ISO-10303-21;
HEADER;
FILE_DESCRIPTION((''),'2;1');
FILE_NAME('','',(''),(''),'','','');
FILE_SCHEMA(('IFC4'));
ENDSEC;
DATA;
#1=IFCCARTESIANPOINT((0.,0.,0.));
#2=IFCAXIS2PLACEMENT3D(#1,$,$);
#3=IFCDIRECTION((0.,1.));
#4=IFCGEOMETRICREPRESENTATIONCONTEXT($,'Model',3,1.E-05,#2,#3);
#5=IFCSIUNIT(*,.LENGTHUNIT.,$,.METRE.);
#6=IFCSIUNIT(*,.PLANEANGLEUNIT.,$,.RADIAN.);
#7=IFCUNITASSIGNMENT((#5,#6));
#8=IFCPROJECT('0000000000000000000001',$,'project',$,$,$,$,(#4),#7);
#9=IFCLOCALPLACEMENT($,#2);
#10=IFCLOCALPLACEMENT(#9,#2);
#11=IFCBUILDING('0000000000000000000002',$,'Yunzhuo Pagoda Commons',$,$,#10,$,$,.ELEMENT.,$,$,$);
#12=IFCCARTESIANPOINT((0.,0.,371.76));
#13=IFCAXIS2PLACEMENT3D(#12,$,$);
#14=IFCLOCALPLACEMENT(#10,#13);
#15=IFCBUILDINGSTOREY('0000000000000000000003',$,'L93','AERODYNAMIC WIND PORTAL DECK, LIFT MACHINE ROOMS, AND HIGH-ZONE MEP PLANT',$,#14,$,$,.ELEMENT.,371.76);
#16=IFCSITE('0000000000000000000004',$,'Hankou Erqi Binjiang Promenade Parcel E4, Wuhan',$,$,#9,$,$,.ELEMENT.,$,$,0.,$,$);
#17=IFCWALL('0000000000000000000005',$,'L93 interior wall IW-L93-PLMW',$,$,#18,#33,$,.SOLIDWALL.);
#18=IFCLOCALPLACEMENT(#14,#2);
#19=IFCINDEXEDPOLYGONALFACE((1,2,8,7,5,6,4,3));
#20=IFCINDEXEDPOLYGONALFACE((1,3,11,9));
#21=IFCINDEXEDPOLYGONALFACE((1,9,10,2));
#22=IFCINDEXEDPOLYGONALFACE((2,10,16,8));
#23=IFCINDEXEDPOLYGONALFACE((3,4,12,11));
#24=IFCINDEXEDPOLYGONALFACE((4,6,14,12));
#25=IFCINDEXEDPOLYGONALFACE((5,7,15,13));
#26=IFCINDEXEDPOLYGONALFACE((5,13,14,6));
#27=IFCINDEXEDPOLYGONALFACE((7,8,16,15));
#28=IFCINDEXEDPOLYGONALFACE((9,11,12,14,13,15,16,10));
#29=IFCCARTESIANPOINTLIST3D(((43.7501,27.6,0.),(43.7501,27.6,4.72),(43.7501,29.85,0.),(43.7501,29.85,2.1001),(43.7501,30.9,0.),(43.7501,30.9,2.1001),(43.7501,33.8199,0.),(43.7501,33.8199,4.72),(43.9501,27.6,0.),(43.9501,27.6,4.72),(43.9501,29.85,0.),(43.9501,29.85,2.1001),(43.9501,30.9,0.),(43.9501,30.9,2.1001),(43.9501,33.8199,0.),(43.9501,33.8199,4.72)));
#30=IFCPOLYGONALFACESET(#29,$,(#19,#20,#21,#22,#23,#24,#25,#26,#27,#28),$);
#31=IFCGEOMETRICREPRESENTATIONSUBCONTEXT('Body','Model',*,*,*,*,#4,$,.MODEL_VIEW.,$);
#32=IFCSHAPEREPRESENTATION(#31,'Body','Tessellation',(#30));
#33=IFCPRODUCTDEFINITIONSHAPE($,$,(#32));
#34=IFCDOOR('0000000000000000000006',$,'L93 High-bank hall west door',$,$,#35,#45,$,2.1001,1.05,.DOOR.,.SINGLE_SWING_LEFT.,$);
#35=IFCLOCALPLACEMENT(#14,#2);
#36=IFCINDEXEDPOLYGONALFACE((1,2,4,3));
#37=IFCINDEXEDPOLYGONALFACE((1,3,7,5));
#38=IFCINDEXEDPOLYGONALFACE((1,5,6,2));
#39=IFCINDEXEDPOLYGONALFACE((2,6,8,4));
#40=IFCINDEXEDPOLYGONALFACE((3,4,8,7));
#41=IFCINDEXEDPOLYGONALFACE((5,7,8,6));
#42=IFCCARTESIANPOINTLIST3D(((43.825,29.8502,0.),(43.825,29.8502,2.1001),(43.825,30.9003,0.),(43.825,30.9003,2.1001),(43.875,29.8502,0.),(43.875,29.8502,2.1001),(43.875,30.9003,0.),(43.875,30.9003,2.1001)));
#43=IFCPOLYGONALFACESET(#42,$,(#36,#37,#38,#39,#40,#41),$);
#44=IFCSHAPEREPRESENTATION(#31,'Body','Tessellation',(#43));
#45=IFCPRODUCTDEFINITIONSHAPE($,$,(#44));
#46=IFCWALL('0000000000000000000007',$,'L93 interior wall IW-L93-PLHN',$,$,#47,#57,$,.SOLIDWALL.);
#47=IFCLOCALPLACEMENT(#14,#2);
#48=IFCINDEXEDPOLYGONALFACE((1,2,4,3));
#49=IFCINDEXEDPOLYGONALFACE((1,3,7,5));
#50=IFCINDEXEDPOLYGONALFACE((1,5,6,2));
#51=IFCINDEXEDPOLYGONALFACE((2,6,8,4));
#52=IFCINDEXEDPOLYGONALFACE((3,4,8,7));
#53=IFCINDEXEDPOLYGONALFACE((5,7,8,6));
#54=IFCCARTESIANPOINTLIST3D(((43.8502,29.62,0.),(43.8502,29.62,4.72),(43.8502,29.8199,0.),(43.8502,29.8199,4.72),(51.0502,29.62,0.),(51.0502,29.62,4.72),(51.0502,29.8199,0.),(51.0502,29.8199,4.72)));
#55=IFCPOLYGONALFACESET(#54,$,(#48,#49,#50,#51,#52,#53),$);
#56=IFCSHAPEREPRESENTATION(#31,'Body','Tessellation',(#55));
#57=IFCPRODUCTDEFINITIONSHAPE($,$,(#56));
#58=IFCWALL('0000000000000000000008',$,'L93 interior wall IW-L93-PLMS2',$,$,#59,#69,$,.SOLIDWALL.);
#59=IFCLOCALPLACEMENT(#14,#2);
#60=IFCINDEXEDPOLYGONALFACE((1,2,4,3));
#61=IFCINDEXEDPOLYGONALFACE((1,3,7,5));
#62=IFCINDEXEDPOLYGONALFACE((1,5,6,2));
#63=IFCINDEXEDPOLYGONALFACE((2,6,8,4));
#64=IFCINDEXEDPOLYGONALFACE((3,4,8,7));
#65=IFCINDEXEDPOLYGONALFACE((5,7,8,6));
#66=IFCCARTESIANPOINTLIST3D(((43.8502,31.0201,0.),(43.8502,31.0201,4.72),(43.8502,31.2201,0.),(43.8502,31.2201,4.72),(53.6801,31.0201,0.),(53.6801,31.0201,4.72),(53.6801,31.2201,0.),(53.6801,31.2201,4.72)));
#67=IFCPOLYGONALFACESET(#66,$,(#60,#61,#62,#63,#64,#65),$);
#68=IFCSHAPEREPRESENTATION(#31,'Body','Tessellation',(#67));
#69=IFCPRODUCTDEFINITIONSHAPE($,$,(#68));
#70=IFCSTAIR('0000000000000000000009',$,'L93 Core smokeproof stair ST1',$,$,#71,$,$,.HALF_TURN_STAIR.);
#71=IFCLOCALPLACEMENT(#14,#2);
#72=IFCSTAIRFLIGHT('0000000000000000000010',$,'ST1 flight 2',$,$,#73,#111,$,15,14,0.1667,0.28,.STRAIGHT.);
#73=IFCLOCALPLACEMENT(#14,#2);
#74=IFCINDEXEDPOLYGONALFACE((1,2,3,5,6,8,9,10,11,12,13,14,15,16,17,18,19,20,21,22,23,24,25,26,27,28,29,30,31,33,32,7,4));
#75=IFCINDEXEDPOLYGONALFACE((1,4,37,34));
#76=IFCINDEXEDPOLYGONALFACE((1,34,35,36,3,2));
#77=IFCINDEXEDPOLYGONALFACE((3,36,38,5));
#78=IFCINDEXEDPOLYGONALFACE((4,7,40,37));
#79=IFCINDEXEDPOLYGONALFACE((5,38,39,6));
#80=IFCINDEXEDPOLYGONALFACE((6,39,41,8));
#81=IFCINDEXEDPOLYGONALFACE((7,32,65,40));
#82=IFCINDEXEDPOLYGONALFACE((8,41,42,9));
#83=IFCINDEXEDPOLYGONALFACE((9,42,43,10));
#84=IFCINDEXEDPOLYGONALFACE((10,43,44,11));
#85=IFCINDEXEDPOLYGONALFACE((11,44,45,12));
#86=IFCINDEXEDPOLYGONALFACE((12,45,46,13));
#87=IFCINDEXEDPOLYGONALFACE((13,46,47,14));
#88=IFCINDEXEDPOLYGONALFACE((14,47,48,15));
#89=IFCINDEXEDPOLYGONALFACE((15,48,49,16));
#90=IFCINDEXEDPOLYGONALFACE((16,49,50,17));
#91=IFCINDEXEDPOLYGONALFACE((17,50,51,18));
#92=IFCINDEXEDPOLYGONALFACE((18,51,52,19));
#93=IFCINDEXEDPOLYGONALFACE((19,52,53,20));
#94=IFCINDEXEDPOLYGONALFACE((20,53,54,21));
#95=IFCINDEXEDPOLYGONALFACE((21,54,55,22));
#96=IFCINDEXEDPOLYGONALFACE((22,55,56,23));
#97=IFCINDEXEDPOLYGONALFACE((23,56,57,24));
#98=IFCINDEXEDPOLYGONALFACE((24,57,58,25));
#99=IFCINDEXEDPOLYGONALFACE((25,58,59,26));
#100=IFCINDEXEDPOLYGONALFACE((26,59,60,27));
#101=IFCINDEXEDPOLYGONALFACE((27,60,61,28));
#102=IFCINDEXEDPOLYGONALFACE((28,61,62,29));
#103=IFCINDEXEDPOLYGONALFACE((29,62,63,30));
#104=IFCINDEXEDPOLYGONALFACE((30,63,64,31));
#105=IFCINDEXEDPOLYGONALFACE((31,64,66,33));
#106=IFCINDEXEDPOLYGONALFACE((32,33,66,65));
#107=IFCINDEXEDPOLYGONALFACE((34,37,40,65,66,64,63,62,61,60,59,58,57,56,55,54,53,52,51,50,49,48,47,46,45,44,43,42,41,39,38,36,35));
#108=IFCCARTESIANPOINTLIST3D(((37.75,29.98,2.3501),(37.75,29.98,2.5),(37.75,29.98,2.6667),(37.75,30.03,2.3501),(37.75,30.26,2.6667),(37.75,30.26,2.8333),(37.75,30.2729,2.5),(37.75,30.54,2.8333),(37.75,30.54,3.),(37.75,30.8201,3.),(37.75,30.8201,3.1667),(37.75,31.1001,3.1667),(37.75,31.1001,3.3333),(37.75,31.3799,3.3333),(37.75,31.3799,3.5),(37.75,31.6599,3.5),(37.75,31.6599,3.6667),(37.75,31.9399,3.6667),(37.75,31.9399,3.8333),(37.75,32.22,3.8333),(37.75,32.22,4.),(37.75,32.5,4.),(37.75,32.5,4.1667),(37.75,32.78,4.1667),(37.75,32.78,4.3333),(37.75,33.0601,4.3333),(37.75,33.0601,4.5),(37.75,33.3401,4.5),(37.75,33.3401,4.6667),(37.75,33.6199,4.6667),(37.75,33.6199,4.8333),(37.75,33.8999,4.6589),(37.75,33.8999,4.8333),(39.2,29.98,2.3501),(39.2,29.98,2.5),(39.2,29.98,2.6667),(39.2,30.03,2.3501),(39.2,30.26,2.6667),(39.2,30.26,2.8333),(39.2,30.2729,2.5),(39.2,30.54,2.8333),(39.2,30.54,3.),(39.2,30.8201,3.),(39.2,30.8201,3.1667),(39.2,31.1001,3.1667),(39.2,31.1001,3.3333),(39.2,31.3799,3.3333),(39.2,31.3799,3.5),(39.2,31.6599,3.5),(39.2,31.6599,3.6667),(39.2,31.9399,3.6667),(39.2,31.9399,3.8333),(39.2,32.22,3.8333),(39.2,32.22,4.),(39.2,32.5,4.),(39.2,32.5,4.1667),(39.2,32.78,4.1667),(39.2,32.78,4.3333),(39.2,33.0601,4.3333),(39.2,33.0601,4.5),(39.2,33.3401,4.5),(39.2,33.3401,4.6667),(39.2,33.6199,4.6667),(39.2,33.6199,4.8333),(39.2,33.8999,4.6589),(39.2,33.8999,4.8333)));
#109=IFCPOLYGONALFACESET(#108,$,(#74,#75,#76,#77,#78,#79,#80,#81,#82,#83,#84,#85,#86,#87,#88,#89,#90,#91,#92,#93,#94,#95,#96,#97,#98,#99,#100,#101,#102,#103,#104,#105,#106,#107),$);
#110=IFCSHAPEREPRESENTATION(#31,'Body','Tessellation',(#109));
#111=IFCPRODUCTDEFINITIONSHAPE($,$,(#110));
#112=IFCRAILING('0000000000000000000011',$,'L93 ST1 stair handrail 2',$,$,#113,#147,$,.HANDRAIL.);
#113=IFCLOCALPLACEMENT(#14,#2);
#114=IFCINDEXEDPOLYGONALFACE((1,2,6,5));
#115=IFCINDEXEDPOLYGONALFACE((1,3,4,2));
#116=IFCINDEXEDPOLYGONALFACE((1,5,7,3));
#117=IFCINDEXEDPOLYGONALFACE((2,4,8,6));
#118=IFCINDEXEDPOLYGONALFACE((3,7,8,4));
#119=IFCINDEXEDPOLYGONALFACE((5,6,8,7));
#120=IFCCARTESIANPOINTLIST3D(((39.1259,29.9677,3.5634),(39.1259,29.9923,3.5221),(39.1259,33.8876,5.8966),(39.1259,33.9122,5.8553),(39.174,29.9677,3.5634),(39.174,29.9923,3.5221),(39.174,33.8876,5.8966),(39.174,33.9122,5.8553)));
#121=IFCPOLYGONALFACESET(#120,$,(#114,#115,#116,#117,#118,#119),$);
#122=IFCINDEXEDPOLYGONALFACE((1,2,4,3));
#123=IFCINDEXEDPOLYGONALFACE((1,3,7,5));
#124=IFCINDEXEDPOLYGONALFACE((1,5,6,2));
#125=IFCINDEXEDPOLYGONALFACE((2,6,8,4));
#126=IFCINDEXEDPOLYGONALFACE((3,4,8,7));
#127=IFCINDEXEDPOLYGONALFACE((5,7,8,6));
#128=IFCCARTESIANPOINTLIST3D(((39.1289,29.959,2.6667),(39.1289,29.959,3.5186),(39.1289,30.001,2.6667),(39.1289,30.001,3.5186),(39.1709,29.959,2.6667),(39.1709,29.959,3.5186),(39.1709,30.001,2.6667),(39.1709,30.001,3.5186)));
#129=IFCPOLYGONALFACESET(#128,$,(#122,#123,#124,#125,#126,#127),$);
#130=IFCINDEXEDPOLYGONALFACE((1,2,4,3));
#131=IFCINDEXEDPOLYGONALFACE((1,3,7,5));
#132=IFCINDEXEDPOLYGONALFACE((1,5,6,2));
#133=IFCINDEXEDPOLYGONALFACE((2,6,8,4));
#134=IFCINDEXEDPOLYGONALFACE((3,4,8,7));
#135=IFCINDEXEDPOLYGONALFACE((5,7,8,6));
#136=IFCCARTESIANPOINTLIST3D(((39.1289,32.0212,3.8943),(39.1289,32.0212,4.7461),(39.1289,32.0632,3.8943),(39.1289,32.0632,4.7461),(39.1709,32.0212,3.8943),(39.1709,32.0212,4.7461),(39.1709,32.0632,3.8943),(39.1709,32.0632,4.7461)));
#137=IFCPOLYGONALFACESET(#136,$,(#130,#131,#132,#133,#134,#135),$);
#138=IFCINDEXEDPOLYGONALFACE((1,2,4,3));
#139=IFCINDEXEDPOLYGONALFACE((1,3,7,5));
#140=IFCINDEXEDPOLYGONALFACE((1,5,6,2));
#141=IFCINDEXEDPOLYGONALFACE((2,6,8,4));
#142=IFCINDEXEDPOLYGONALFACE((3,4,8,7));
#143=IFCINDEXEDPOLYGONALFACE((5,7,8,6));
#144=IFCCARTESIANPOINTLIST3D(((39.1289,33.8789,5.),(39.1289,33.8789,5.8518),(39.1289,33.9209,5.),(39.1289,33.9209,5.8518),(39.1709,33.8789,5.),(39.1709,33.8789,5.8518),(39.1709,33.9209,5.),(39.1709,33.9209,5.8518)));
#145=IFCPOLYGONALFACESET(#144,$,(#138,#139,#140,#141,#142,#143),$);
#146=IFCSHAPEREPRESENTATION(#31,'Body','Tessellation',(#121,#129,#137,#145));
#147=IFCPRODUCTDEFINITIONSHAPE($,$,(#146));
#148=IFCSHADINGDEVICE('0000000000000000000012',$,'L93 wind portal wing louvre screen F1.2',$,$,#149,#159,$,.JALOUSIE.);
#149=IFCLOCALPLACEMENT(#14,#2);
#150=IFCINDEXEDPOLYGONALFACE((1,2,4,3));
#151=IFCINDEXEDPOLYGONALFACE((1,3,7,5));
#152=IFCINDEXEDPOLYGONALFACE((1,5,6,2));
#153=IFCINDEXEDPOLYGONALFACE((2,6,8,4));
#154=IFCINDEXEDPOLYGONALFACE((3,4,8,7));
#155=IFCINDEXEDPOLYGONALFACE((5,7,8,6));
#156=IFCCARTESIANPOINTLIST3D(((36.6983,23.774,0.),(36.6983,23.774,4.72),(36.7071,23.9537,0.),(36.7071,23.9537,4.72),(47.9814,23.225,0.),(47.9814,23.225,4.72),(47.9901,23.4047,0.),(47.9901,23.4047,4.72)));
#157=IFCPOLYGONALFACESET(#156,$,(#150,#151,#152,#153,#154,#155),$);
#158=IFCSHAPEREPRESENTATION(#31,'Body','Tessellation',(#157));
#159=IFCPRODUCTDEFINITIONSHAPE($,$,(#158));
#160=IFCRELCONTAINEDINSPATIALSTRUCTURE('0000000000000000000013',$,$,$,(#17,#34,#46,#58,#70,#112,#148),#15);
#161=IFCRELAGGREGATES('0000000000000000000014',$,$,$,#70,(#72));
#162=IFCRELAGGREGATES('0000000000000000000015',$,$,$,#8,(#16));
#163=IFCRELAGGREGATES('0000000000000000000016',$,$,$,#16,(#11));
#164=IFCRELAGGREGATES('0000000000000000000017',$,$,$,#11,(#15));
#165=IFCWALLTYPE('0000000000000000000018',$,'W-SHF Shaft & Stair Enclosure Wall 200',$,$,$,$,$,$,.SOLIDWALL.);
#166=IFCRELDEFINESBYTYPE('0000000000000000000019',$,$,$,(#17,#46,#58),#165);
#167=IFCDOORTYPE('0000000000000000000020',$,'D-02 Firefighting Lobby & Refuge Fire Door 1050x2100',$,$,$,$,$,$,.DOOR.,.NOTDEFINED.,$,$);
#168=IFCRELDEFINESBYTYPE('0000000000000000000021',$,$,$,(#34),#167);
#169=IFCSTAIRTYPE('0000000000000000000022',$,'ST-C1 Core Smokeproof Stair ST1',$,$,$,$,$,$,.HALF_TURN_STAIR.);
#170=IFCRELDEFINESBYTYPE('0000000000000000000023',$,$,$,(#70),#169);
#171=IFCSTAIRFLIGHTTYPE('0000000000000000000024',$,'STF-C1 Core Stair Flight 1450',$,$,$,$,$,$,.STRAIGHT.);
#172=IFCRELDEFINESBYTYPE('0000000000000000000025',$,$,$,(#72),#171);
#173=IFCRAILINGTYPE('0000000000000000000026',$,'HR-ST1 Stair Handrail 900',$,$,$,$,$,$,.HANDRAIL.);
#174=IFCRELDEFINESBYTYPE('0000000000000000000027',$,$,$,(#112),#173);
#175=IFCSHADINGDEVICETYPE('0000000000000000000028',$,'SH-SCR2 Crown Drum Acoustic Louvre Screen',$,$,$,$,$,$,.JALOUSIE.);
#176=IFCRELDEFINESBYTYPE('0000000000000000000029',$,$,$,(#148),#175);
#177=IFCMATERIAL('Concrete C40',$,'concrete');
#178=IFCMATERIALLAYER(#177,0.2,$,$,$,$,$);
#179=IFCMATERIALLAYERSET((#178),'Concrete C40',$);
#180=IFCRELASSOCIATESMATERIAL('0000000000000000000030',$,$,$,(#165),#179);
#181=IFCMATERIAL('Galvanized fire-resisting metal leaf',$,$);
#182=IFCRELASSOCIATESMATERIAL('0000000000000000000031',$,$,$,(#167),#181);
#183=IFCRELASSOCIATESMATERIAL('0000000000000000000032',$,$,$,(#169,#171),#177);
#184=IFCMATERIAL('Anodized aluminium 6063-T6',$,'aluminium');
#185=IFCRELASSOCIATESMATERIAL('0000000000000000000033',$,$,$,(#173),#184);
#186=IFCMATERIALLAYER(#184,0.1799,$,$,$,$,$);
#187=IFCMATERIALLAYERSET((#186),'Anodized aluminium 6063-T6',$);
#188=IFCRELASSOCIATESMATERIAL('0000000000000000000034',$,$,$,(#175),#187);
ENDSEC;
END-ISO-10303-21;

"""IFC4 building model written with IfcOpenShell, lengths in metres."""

from ifc_helpers import new_model, si_unit, direction, frame, frame_2d, origin, origin_2d, place, context, subcontext, project, spatial, polyline, rectangle, outline, extrude, source, transform, mapped, material, layer, layer_set, type_object, element, fill, aggregate, save


model = new_model("IFC4")

# Units and contexts
model_context = context("Model", 3, precision=1e-05, world=origin(), true_north=direction((0.0, 1.0)))
body_context = subcontext(model_context, "Body", "Model", "MODEL_VIEW")
ifc_project = project(units=[si_unit("LENGTHUNIT", "METRE"), si_unit("PLANEANGLEUNIT", "RADIAN")], contexts=[model_context])

# Site, building, storey
site_placement = place(None, origin())
site = spatial("IfcSite", under=ifc_project, at=site_placement, Name="Hankou Erqi Binjiang Promenade Parcel E4, Wuhan", CompositionType="ELEMENT", RefElevation=0.0)
building_placement = place(site_placement, origin())
building = spatial("IfcBuilding", under=site, at=building_placement, Name="Yunzhuo Pagoda Commons", CompositionType="ELEMENT")
storey_placement = place(building_placement, frame((0.0, 0.0, 371.76)))
storey = spatial("IfcBuildingStorey", under=building, at=storey_placement, Name="L93", Description="AERODYNAMIC WIND PORTAL DECK, LIFT MACHINE ROOMS, AND HIGH-ZONE MEP PLANT", CompositionType="ELEMENT", Elevation=371.76)

# Shared definitions
ifc_material_1 = material(Name="Galvanized fire-resisting metal leaf")

# Wall, opening, door
ifc_material_2 = material(Name="Concrete C40", Category="concrete")
ifc_layer_1 = layer(ifc_material_2, 0.2)
ifc_layer_set_1 = layer_set([ifc_layer_1], Name="Concrete C40")
wall_type_1 = type_object("IfcWallType", Name="W-SHF Shaft & Stair Enclosure Wall 200", PredefinedType="SOLIDWALL", material=ifc_layer_set_1)
wall_1_placement = place(storey_placement, frame((43.8501, 27.6001, 0.0), z_axis=(0.0, 0.0, 1.0), x_axis=(0.0, 1.0, 0.0)))
wall_1 = element("IfcWall", 1, at=wall_1_placement, inside=storey, type_object=wall_type_1, Name="L93 interior wall IW-L93-PLMW", PredefinedType="SOLIDWALL", context=body_context, shape_type="SweptSolid", body=[
    extrude(rectangle(XDim=6.22, YDim=0.2, at=frame_2d((3.1099, 0.0))), origin(), (0.0, 0.0, 1.0), 4.72),
])
opening_1_placement = place(wall_1_placement, frame((2.25, 0.0, 0.0)))
opening_1 = element("IfcOpeningElement", 2, at=opening_1_placement, cuts=wall_1, PredefinedType="OPENING", context=body_context, shape_type="SweptSolid", body=[
    extrude(rectangle(XDim=1.05, YDim=2.1001, at=frame_2d((0.5249, 1.05))), frame((0.0, 0.1099, 0.0), z_axis=(0.0, -1.0, 0.0), x_axis=(1.0, 0.0, 0.0)), (0.0, 0.0, 1.0), 0.22),
])
door_type_1 = type_object("IfcDoorType", Name="D-02 Firefighting Lobby & Refuge Fire Door 1050x2100", OperationType="NOTDEFINED", PredefinedType="DOOR", material=ifc_material_1)
shared_shape_1 = source(origin(), body_context, "Body", "SweptSolid", [
    extrude(rectangle(XDim=1.05, YDim=2.1001, at=frame_2d((0.5249, 1.05))), frame((0.0, 0.0249, 0.0), z_axis=(0.0, -1.0, 0.0), x_axis=(1.0, 0.0, 0.0)), (0.0, 0.0, 1.0), 0.05),
])
door_1_placement = place(opening_1_placement, frame((1.05, 0.0, 0.0), z_axis=(0.0, 0.0, 1.0), x_axis=(-1.0, 0.0, 0.0)))
door_1 = element("IfcDoor", 3, at=door_1_placement, inside=storey, type_object=door_type_1, Name="L93 High-bank hall west door", OperationType="SINGLE_SWING_LEFT", OverallHeight=2.1001, OverallWidth=1.05, PredefinedType="DOOR", context=body_context, shape_type="MappedRepresentation", body=[
    mapped(shared_shape_1, transform((0.0, 0.0, 0.0), scale=1.0)),
])
fill(opening_1, door_1)

# Walls
wall_2_placement = place(storey_placement, frame((43.8501, 29.72, 0.0), z_axis=(0.0, 0.0, 1.0), x_axis=(1.0, 0.0, 0.0)))
element("IfcWall", 4, at=wall_2_placement, inside=storey, type_object=wall_type_1, Name="L93 interior wall IW-L93-PLHN", PredefinedType="SOLIDWALL", context=body_context, shape_type="SweptSolid", body=[
    extrude(rectangle(XDim=7.2, YDim=0.2, at=frame_2d((3.6001, 0.0))), origin(), (0.0, 0.0, 1.0), 4.72),
])
wall_3_placement = place(storey_placement, frame((43.8501, 31.1201, 0.0), z_axis=(0.0, 0.0, 1.0), x_axis=(1.0, 0.0, 0.0)))
element("IfcWall", 5, at=wall_3_placement, inside=storey, type_object=wall_type_1, Name="L93 interior wall IW-L93-PLMS2", PredefinedType="SOLIDWALL", context=body_context, shape_type="SweptSolid", body=[
    extrude(rectangle(XDim=9.8298, YDim=0.2, at=frame_2d((4.915, 0.0))), origin(), (0.0, 0.0, 1.0), 4.72),
])

# Stair, stair flight
stair_type = type_object("IfcStairType", Name="ST-C1 Core Smokeproof Stair ST1", PredefinedType="HALF_TURN_STAIR", material=ifc_material_2)
stair_placement = place(storey_placement, origin())
stair = element("IfcStair", 6, at=stair_placement, inside=storey, type_object=stair_type, Name="L93 Core smokeproof stair ST1", PredefinedType="HALF_TURN_STAIR")
stair_flight_type = type_object("IfcStairFlightType", Name="STF-C1 Core Stair Flight 1450", PredefinedType="STRAIGHT", material=ifc_material_2)
shared_shape_2 = source(origin(), body_context, "Body", "SweptSolid", [
    extrude(outline(polyline([(0.0, -0.1499), (0.0, 0.0), (0.0, 0.1667), (0.28, 0.1667), (0.28, 0.3333), (0.5601, 0.3333), (0.5601, 0.5), (0.8401, 0.5), (0.8401, 0.6667), (1.1201, 0.6667), (1.1201, 0.8333), (1.3999, 0.8333), (1.3999, 1.0), (1.6799, 1.0), (1.6799, 1.1667), (1.96, 1.1667), (1.96, 1.3333), (2.24, 1.3333), (2.24, 1.5), (2.52, 1.5), (2.52, 1.6667), (2.8, 1.6667), (2.8, 1.8333), (3.0801, 1.8333), (3.0801, 2.0), (3.3601, 2.0), (3.3601, 2.1667), (3.6399, 2.1667), (3.6399, 2.3333), (3.9199, 2.3333), (3.9199, 2.5), (3.9199, 2.1589), (0.293, 0.0), (0.05, -0.1499), (0.0, -0.1499)])), frame((0.0, 0.7251, 0.0), z_axis=(0.0, -1.0, 0.0), x_axis=(1.0, 0.0, 0.0)), (0.0, 0.0, 1.0), 1.45),
])
stair_flight_placement = place(storey_placement, frame((38.4751, 29.98, 2.5), z_axis=(0.0, 0.0, 1.0), x_axis=(0.0, 1.0, 0.0)))
stair_flight = element("IfcStairFlight", 7, at=stair_flight_placement, type_object=stair_flight_type, Name="ST1 flight 2", NumberOfRisers=15, NumberOfTreads=14, PredefinedType="STRAIGHT", RiserHeight=0.1667, TreadLength=0.28, context=body_context, shape_type="MappedRepresentation", body=[
    mapped(shared_shape_2, transform((0.0, 0.0, 0.0), scale=1.0)),
])
aggregate(stair, [stair_flight])

# Railing
ifc_material_3 = material(Name="Anodized aluminium 6063-T6", Category="aluminium")
railing_type = type_object("IfcRailingType", Name="HR-ST1 Stair Handrail 900", PredefinedType="HANDRAIL", material=ifc_material_3)
railing_placement = place(storey_placement, frame((39.1499, 29.98, 2.6667)))
element("IfcRailing", 8, at=railing_placement, inside=storey, type_object=railing_type, Name="L93 ST1 stair handrail 2", PredefinedType="HANDRAIL", context=body_context, shape_type="SweptSolid", body=[
    extrude(rectangle(XDim=0.0481, YDim=0.0481, at=origin_2d()), frame((0.0, 0.0, 0.876), z_axis=(0.0, 0.859296, 0.511478), x_axis=(-1.0, 0.0, 0.0)), (0.0, 0.0, 1.0), 4.5618),
    extrude(rectangle(XDim=0.042, YDim=0.042, at=origin_2d()), origin(), (0.0, 0.0, 1.0), 0.8518),
    extrude(rectangle(XDim=0.042, YDim=0.042, at=origin_2d()), frame((0.0, 2.0623, 1.2275)), (0.0, 0.0, 1.0), 0.8518),
    extrude(rectangle(XDim=0.042, YDim=0.042, at=origin_2d()), frame((0.0, 3.9199, 2.3333)), (0.0, 0.0, 1.0), 0.8518),
])

# Shading device
ifc_layer_2 = layer(ifc_material_3, 0.1799)
ifc_layer_set_2 = layer_set([ifc_layer_2], Name="Anodized aluminium 6063-T6")
shading_device_type = type_object("IfcShadingDeviceType", Name="SH-SCR2 Crown Drum Acoustic Louvre Screen", PredefinedType="JALOUSIE", material=ifc_layer_set_2)
shared_shape_3 = source(origin(), body_context, "Body", "SweptSolid", [
    extrude(rectangle(XDim=11.2964, YDim=0.1799, at=origin_2d()), origin(), (0.0, 0.0, 1.0), 4.72),
])
shading_device_placement = place(storey_placement, frame((42.3442, 23.5894, 0.0), z_axis=(0.0, 0.0, 1.0), x_axis=(0.998818, -0.048606, 0.0)))
element("IfcShadingDevice", 9, at=shading_device_placement, inside=storey, type_object=shading_device_type, Name="L93 wind portal wing louvre screen F1.2", PredefinedType="JALOUSIE", context=body_context, shape_type="MappedRepresentation", body=[
    mapped(shared_shape_3, transform((0.0, 0.0, 0.0), scale=1.0)),
])

save(model, "model.ifc")
